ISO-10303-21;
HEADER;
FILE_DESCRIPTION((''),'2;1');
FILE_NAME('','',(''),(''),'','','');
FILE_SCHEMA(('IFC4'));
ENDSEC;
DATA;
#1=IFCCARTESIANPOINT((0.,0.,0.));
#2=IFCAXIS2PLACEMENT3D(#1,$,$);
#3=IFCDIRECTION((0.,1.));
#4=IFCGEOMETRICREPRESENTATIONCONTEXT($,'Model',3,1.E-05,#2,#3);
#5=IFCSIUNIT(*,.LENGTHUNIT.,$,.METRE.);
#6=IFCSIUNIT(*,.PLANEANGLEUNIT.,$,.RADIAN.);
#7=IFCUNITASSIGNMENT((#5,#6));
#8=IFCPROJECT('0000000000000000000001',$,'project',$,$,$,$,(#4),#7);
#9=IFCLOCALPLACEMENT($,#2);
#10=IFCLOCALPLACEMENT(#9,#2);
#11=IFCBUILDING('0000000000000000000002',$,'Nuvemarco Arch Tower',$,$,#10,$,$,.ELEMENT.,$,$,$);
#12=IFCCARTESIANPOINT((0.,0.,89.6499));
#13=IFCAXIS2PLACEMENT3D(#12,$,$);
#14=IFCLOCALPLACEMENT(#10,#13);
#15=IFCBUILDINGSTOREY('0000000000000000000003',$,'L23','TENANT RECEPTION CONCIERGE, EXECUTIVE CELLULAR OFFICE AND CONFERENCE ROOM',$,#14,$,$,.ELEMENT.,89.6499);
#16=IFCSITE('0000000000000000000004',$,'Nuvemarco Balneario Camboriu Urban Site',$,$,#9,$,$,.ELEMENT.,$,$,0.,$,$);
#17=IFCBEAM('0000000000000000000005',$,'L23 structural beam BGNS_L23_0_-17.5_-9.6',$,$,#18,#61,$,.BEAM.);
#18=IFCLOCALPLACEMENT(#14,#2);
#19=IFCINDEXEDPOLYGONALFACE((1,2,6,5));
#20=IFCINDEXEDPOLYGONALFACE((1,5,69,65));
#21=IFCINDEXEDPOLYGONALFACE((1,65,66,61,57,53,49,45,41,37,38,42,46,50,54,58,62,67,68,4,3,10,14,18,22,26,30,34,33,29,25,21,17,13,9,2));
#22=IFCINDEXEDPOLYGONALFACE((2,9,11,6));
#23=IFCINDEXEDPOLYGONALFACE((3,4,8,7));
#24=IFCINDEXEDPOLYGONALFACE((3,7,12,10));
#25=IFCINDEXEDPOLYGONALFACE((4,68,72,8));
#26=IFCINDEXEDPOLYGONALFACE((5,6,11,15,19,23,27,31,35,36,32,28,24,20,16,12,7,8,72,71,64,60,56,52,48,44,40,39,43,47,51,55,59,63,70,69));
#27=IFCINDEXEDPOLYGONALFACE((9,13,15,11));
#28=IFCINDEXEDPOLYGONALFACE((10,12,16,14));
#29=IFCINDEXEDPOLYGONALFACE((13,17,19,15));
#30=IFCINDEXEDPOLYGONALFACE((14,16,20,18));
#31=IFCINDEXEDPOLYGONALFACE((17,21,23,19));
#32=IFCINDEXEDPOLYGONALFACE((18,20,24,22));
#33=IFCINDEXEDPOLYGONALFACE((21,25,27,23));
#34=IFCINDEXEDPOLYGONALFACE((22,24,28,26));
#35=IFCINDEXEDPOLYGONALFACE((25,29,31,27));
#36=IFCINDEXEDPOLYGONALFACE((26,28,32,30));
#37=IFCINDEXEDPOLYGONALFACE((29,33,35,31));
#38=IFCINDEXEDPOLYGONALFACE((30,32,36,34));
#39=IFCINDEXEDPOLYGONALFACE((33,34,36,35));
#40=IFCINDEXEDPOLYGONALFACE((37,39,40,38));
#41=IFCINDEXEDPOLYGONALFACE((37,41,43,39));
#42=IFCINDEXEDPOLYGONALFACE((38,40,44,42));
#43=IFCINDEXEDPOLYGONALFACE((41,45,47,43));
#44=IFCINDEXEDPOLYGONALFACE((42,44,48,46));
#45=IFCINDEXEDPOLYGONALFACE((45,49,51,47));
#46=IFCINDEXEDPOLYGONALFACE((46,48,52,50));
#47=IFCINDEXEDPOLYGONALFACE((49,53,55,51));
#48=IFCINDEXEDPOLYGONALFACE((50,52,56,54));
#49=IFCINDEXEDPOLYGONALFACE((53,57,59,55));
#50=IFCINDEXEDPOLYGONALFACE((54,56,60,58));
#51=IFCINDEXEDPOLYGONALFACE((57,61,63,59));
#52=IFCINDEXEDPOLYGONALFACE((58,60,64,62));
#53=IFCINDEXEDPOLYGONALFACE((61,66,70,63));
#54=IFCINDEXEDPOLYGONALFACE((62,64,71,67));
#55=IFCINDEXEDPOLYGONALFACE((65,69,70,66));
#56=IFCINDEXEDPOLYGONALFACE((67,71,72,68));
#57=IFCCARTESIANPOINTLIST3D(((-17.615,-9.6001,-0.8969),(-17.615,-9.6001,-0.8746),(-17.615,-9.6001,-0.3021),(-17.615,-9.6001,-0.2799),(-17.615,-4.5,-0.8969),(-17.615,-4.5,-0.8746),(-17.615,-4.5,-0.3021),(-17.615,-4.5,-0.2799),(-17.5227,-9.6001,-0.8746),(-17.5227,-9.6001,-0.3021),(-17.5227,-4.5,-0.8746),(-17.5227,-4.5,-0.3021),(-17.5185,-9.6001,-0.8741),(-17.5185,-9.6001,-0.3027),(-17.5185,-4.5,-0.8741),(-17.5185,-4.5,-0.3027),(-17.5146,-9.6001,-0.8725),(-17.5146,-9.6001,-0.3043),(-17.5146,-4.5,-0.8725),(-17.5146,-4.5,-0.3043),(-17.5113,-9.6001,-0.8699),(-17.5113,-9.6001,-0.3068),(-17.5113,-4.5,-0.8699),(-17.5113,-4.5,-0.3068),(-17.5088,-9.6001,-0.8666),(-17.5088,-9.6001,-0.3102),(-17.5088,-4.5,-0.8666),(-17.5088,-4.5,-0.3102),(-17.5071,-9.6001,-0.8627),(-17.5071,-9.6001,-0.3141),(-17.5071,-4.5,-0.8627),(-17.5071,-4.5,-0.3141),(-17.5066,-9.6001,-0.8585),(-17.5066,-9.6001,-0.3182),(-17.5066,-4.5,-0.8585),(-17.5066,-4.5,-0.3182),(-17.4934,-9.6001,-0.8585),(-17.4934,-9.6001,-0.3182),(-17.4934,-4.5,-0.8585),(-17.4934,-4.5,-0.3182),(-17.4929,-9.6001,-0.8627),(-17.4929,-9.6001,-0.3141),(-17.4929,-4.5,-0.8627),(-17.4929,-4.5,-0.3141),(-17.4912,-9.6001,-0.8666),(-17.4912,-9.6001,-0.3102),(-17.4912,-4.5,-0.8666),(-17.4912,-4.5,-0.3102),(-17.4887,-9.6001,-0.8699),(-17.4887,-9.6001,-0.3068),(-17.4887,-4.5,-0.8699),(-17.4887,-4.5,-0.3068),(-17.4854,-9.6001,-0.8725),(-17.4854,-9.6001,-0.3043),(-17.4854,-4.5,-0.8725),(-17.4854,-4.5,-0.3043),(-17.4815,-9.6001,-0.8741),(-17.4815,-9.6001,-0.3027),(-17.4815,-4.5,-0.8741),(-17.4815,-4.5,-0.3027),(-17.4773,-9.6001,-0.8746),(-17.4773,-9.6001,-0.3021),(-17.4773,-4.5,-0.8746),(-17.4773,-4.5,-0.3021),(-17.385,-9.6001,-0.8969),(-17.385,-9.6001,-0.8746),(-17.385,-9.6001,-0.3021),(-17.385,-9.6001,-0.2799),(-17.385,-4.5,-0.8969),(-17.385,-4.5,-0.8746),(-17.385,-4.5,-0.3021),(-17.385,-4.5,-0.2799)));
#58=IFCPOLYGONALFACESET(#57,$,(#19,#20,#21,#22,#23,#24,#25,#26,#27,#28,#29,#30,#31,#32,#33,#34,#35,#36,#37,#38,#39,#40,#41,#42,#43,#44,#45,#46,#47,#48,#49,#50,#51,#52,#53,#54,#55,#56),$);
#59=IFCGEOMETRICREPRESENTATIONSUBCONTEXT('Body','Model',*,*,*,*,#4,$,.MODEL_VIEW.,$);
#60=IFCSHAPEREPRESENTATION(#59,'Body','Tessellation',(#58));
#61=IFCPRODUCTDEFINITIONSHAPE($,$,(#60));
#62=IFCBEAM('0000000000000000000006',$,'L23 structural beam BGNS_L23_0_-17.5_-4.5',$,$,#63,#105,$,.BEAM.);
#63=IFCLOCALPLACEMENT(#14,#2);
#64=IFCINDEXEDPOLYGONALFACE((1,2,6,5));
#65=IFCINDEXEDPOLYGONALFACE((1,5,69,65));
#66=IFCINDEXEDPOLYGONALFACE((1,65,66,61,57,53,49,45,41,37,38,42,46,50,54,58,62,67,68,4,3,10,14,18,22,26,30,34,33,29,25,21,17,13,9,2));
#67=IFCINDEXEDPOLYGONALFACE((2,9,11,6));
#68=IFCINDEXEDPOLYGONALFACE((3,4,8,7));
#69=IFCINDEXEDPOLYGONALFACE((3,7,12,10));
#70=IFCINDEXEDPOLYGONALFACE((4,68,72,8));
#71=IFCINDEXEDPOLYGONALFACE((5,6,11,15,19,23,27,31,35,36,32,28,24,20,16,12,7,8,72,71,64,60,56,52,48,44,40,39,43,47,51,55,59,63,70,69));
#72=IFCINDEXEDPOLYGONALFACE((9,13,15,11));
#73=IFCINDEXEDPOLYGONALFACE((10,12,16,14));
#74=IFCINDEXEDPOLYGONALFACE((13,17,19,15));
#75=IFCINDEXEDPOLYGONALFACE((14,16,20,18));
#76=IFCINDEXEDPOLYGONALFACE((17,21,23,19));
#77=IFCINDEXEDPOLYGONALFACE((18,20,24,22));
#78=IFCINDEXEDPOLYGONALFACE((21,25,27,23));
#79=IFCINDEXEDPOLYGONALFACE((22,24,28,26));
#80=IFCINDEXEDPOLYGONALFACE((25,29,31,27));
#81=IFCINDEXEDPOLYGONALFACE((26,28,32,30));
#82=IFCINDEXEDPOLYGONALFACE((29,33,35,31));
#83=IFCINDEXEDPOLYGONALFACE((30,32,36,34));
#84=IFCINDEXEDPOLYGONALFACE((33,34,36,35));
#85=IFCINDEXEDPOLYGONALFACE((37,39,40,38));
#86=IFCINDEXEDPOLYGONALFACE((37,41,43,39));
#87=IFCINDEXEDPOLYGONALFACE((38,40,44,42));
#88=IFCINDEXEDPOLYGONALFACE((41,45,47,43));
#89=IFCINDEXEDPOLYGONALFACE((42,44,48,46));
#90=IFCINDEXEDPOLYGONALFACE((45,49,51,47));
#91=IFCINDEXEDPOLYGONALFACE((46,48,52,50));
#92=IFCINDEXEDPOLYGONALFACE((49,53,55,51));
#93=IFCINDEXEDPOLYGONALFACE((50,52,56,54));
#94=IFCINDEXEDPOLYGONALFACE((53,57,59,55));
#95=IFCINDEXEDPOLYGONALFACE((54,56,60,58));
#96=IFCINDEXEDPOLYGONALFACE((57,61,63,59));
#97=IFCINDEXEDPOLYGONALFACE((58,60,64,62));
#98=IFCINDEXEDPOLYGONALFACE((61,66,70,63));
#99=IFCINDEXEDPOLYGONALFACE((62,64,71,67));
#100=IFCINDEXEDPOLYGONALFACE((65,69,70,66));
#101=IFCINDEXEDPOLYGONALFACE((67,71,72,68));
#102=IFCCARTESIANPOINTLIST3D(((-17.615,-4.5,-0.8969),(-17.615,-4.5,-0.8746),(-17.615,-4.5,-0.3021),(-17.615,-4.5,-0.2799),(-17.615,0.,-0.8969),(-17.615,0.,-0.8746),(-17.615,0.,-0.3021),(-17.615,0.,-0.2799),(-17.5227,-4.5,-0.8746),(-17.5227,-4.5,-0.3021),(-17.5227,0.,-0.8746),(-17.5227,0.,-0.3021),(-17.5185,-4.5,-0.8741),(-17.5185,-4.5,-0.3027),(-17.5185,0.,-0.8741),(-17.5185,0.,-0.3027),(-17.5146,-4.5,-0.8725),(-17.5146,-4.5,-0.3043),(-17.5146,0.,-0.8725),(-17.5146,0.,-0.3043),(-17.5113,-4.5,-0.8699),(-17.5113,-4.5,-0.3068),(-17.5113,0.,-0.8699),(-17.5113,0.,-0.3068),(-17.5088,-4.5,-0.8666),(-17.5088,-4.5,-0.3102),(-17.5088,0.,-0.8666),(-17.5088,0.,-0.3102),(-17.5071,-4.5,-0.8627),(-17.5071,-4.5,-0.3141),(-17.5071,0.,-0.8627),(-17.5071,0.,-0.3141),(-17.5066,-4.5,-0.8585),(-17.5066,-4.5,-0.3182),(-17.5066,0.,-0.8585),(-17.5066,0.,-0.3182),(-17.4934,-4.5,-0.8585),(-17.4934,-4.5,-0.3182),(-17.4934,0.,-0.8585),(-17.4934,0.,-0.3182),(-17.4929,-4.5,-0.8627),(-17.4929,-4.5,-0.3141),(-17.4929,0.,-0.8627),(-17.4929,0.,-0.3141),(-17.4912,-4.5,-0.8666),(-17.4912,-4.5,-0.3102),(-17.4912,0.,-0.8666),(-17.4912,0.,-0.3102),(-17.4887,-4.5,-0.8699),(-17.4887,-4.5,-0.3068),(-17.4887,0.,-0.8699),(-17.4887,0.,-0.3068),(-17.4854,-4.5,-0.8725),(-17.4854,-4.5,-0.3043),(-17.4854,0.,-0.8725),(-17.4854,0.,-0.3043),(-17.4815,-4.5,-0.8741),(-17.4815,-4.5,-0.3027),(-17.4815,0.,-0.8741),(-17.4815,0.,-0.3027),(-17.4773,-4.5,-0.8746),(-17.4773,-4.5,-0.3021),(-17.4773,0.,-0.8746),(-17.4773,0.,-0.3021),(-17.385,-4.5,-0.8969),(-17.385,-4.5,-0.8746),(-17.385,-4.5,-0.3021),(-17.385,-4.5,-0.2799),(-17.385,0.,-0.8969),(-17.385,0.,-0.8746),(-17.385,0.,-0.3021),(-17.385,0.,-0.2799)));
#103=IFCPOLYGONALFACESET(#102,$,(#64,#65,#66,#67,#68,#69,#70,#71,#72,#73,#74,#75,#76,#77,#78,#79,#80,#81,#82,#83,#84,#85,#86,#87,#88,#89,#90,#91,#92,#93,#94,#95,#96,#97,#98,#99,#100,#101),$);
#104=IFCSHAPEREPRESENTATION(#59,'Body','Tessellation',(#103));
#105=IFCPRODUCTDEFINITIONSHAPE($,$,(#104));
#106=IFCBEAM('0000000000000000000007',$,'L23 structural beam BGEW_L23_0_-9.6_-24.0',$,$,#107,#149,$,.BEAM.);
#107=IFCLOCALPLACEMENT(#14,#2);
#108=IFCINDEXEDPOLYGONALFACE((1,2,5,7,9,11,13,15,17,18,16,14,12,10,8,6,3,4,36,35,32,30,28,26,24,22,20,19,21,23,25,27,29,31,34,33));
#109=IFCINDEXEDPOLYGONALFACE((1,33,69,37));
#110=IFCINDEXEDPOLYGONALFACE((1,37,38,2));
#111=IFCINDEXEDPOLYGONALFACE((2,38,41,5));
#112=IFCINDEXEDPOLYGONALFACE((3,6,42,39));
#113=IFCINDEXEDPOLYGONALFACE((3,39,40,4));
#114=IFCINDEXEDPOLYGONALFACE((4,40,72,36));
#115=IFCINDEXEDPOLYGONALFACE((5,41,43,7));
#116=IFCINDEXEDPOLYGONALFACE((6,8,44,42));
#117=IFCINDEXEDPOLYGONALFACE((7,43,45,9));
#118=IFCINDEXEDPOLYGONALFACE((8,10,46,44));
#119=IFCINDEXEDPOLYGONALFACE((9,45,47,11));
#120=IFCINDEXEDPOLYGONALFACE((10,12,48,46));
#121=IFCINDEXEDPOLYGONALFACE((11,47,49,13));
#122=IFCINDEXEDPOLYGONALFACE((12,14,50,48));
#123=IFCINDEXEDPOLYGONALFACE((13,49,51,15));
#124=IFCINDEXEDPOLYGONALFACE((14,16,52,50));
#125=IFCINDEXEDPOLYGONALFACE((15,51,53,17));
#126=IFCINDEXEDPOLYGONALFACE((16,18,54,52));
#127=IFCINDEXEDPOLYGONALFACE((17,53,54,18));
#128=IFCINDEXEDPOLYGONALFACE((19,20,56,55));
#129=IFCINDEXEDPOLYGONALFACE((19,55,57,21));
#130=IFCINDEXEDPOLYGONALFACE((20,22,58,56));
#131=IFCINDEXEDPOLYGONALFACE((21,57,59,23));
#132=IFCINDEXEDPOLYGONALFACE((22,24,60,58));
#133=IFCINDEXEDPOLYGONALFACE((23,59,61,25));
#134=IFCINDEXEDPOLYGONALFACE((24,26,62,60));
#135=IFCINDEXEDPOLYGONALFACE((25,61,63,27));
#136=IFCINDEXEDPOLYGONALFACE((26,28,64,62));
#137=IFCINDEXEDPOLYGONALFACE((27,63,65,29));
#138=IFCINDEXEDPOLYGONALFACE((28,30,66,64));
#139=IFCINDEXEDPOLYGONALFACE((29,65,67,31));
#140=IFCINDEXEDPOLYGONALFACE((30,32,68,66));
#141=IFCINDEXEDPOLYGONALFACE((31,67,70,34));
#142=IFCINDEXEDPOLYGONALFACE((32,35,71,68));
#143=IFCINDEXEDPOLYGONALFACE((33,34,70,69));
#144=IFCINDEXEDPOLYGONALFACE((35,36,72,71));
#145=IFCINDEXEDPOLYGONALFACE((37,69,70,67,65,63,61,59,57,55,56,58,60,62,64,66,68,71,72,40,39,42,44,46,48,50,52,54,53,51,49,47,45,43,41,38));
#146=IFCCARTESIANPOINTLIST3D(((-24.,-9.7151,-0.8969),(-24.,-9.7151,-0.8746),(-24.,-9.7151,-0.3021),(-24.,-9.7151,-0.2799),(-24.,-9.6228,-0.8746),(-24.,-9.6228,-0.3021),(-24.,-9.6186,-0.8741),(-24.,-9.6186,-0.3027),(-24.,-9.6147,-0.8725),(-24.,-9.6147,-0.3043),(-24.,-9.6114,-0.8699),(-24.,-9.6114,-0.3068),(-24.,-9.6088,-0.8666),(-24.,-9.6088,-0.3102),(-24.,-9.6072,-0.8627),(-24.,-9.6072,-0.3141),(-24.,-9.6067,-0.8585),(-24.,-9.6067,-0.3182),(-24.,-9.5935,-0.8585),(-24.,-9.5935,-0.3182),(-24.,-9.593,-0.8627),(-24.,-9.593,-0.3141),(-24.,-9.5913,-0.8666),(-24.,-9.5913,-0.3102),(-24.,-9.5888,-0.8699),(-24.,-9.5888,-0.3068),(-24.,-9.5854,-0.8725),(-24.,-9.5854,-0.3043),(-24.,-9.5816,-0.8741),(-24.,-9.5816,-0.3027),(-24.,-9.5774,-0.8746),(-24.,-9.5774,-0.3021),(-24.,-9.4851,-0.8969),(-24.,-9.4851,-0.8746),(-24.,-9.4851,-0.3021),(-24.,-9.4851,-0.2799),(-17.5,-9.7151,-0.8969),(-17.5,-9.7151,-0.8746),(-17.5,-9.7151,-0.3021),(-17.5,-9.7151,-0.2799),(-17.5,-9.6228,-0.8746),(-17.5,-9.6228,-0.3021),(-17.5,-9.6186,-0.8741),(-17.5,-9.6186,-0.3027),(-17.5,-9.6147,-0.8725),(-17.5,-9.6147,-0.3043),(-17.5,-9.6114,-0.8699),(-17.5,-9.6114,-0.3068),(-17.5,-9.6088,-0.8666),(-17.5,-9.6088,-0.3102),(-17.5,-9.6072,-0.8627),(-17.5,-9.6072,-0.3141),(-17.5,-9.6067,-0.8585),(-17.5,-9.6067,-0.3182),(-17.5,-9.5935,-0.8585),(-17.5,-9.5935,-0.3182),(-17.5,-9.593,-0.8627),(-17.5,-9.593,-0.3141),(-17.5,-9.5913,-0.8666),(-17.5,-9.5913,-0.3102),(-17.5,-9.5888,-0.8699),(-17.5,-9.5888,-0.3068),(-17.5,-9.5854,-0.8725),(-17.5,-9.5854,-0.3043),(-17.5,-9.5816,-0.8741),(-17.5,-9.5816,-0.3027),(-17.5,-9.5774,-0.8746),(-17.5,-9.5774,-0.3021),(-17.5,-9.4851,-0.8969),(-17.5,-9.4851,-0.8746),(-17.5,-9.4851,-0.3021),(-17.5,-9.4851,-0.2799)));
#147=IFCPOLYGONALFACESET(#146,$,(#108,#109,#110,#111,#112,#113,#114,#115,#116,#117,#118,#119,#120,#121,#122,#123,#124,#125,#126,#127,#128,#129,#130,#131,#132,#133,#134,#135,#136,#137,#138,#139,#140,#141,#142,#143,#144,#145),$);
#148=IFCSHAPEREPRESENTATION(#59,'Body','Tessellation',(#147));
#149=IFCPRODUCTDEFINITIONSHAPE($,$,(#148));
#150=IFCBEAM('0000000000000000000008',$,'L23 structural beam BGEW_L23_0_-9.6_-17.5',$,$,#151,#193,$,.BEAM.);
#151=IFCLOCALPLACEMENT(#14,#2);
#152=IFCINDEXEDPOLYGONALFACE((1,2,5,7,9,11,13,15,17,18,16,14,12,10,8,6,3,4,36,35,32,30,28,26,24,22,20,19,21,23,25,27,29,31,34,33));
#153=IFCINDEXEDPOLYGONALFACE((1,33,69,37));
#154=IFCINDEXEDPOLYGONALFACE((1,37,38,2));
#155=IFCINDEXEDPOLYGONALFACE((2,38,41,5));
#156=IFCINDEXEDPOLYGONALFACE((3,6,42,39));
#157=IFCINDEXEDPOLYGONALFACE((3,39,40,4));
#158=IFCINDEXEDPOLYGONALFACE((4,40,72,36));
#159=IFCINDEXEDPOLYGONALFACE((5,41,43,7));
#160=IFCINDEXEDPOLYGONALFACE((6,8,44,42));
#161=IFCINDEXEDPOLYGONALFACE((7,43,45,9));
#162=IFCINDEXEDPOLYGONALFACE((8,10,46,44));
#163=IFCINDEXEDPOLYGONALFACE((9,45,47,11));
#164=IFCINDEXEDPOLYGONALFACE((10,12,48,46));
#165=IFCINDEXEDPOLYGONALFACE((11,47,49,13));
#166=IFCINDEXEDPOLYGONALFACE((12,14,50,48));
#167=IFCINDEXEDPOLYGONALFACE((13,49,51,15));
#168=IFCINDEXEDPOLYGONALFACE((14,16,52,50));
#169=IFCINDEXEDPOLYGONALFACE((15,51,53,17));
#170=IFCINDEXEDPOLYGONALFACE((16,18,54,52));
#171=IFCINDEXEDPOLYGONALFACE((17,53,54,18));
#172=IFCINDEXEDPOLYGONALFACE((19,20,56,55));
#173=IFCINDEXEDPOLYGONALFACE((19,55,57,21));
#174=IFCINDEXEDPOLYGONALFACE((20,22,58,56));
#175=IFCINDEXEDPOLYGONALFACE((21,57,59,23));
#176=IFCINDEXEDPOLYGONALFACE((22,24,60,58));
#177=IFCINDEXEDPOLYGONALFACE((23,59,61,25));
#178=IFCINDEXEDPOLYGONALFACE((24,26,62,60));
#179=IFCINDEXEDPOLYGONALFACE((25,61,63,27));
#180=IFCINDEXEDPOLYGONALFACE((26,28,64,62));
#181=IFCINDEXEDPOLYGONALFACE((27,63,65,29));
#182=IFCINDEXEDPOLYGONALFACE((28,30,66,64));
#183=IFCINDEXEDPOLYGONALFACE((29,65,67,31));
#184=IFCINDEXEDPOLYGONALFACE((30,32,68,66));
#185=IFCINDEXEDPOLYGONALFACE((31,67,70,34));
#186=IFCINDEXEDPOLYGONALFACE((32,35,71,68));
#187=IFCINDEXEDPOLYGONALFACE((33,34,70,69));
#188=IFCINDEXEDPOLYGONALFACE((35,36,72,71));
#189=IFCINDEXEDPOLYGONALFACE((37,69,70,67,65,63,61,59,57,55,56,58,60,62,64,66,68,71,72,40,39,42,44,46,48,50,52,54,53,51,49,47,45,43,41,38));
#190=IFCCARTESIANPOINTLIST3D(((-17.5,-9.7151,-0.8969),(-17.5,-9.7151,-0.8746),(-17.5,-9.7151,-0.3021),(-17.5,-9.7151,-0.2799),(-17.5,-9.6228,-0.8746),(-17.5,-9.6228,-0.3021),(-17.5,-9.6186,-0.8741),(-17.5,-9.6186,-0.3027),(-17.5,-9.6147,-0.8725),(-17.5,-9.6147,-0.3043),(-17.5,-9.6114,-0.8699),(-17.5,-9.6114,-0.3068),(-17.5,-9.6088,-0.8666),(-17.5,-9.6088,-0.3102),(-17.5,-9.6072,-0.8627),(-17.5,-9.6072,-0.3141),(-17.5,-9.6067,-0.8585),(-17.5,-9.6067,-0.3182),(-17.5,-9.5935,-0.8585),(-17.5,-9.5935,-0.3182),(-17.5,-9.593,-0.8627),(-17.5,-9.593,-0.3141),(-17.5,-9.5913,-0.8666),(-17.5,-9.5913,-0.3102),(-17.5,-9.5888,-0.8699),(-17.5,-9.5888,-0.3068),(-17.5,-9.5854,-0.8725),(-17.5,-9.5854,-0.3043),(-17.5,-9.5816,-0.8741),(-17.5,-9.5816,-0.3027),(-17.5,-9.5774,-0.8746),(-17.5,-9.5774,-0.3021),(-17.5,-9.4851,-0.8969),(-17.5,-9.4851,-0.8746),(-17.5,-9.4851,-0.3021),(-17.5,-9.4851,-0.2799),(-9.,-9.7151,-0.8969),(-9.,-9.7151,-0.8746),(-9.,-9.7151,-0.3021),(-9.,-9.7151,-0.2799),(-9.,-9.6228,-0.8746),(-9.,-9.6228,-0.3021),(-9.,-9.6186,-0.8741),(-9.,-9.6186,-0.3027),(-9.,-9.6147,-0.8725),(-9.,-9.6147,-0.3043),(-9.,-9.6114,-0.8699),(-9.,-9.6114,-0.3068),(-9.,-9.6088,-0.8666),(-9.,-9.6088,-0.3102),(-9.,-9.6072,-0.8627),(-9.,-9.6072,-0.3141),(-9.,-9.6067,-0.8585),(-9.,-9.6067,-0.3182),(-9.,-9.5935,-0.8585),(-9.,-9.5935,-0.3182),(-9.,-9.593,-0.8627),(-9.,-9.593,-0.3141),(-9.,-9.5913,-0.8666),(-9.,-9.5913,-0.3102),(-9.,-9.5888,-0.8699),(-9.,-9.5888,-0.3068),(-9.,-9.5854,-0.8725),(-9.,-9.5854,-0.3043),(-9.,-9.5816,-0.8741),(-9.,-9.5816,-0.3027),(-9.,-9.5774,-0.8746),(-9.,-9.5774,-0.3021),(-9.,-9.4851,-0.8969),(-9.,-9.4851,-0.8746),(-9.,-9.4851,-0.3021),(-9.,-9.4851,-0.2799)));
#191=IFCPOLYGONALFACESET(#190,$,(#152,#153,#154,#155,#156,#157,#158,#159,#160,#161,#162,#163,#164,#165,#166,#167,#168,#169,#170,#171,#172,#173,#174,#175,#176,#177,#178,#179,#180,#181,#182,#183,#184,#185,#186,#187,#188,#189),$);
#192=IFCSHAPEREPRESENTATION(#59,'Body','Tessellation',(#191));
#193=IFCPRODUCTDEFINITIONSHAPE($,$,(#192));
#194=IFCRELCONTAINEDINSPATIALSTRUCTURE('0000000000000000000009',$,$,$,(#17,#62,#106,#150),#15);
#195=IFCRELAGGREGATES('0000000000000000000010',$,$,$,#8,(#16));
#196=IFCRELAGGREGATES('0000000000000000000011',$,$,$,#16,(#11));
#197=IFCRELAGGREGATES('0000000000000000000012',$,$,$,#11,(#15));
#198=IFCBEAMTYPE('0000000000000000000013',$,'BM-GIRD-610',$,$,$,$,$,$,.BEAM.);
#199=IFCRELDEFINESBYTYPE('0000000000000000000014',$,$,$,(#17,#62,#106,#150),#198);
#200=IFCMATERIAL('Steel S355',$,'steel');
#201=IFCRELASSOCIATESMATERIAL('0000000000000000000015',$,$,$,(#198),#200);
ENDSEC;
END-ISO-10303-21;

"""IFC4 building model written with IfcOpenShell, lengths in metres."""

from ifc_helpers import new_model, si_unit, direction, frame, origin, origin_2d, place, context, subcontext, project, spatial, i_section, extrude, material, material_profile, profile_set, type_object, element, save


model = new_model("IFC4")

# Units and contexts
model_context = context("Model", 3, precision=1e-05, world=origin(), true_north=direction((0.0, 1.0)))
body_context = subcontext(model_context, "Body", "Model", "MODEL_VIEW")
ifc_project = project(units=[si_unit("LENGTHUNIT", "METRE"), si_unit("PLANEANGLEUNIT", "RADIAN")], contexts=[model_context])

# Site, building, storey
site_placement = place(None, origin())
site = spatial("IfcSite", under=ifc_project, at=site_placement, Name="Nuvemarco Balneario Camboriu Urban Site", CompositionType="ELEMENT", RefElevation=0.0)
building_placement = place(site_placement, origin())
building = spatial("IfcBuilding", under=site, at=building_placement, Name="Nuvemarco Arch Tower", CompositionType="ELEMENT")
storey_placement = place(building_placement, frame((0.0, 0.0, 89.6499)))
storey = spatial("IfcBuildingStorey", under=building, at=storey_placement, Name="L23", Description="TENANT RECEPTION CONCIERGE, EXECUTIVE CELLULAR OFFICE AND CONFERENCE ROOM", CompositionType="ELEMENT", Elevation=89.6499)

# Beams
ifc_material_1 = material(Name="Steel S355", Category="steel")
ifc_material_profile_1 = material_profile(ifc_material_1, i_section(OverallWidth=0.23, OverallDepth=0.6169, WebThickness=0.0132, FlangeThickness=0.0222, FilletRadius=0.0161, at=origin_2d()), Name="W610x140")
ifc_profile_set_1 = profile_set([ifc_material_profile_1], Name="Steel S355")
beam_type_1 = type_object("IfcBeamType", Name="BM-GIRD-610", PredefinedType="BEAM", material=ifc_profile_set_1)
beam_1_placement = place(storey_placement, frame((-17.5, -9.6001, -0.5884), z_axis=(0.0, 1.0, 0.0), x_axis=(-1.0, 0.0, 0.0)))
element("IfcBeam", 1, at=beam_1_placement, inside=storey, type_object=beam_type_1, Name="L23 structural beam BGNS_L23_0_-17.5_-9.6", PredefinedType="BEAM", context=body_context, shape_type="SweptSolid", body=[
    extrude(i_section(OverallWidth=0.23, OverallDepth=0.6169, WebThickness=0.0132, FlangeThickness=0.0222, FilletRadius=0.0161, at=origin_2d()), origin(), (0.0, 0.0, 1.0), 5.1001),
])
beam_2_placement = place(storey_placement, frame((-17.5, -4.5, -0.5884), z_axis=(0.0, 1.0, 0.0), x_axis=(-1.0, 0.0, 0.0)))
element("IfcBeam", 2, at=beam_2_placement, inside=storey, type_object=beam_type_1, Name="L23 structural beam BGNS_L23_0_-17.5_-4.5", PredefinedType="BEAM", context=body_context, shape_type="SweptSolid", body=[
    extrude(i_section(OverallWidth=0.23, OverallDepth=0.6169, WebThickness=0.0132, FlangeThickness=0.0222, FilletRadius=0.0161, at=origin_2d()), origin(), (0.0, 0.0, 1.0), 4.5),
])
beam_3_placement = place(storey_placement, frame((-24.0, -9.6001, -0.5884), z_axis=(1.0, 0.0, 0.0), x_axis=(0.0, 1.0, 0.0)))
element("IfcBeam", 3, at=beam_3_placement, inside=storey, type_object=beam_type_1, Name="L23 structural beam BGEW_L23_0_-9.6_-24.0", PredefinedType="BEAM", context=body_context, shape_type="SweptSolid", body=[
    extrude(i_section(OverallWidth=0.23, OverallDepth=0.6169, WebThickness=0.0132, FlangeThickness=0.0222, FilletRadius=0.0161, at=origin_2d()), origin(), (0.0, 0.0, 1.0), 6.5),
])
beam_4_placement = place(storey_placement, frame((-17.5, -9.6001, -0.5884), z_axis=(1.0, 0.0, 0.0), x_axis=(0.0, 1.0, 0.0)))
element("IfcBeam", 4, at=beam_4_placement, inside=storey, type_object=beam_type_1, Name="L23 structural beam BGEW_L23_0_-9.6_-17.5", PredefinedType="BEAM", context=body_context, shape_type="SweptSolid", body=[
    extrude(i_section(OverallWidth=0.23, OverallDepth=0.6169, WebThickness=0.0132, FlangeThickness=0.0222, FilletRadius=0.0161, at=origin_2d()), origin(), (0.0, 0.0, 1.0), 8.5),
])

save(model, "model.ifc")
